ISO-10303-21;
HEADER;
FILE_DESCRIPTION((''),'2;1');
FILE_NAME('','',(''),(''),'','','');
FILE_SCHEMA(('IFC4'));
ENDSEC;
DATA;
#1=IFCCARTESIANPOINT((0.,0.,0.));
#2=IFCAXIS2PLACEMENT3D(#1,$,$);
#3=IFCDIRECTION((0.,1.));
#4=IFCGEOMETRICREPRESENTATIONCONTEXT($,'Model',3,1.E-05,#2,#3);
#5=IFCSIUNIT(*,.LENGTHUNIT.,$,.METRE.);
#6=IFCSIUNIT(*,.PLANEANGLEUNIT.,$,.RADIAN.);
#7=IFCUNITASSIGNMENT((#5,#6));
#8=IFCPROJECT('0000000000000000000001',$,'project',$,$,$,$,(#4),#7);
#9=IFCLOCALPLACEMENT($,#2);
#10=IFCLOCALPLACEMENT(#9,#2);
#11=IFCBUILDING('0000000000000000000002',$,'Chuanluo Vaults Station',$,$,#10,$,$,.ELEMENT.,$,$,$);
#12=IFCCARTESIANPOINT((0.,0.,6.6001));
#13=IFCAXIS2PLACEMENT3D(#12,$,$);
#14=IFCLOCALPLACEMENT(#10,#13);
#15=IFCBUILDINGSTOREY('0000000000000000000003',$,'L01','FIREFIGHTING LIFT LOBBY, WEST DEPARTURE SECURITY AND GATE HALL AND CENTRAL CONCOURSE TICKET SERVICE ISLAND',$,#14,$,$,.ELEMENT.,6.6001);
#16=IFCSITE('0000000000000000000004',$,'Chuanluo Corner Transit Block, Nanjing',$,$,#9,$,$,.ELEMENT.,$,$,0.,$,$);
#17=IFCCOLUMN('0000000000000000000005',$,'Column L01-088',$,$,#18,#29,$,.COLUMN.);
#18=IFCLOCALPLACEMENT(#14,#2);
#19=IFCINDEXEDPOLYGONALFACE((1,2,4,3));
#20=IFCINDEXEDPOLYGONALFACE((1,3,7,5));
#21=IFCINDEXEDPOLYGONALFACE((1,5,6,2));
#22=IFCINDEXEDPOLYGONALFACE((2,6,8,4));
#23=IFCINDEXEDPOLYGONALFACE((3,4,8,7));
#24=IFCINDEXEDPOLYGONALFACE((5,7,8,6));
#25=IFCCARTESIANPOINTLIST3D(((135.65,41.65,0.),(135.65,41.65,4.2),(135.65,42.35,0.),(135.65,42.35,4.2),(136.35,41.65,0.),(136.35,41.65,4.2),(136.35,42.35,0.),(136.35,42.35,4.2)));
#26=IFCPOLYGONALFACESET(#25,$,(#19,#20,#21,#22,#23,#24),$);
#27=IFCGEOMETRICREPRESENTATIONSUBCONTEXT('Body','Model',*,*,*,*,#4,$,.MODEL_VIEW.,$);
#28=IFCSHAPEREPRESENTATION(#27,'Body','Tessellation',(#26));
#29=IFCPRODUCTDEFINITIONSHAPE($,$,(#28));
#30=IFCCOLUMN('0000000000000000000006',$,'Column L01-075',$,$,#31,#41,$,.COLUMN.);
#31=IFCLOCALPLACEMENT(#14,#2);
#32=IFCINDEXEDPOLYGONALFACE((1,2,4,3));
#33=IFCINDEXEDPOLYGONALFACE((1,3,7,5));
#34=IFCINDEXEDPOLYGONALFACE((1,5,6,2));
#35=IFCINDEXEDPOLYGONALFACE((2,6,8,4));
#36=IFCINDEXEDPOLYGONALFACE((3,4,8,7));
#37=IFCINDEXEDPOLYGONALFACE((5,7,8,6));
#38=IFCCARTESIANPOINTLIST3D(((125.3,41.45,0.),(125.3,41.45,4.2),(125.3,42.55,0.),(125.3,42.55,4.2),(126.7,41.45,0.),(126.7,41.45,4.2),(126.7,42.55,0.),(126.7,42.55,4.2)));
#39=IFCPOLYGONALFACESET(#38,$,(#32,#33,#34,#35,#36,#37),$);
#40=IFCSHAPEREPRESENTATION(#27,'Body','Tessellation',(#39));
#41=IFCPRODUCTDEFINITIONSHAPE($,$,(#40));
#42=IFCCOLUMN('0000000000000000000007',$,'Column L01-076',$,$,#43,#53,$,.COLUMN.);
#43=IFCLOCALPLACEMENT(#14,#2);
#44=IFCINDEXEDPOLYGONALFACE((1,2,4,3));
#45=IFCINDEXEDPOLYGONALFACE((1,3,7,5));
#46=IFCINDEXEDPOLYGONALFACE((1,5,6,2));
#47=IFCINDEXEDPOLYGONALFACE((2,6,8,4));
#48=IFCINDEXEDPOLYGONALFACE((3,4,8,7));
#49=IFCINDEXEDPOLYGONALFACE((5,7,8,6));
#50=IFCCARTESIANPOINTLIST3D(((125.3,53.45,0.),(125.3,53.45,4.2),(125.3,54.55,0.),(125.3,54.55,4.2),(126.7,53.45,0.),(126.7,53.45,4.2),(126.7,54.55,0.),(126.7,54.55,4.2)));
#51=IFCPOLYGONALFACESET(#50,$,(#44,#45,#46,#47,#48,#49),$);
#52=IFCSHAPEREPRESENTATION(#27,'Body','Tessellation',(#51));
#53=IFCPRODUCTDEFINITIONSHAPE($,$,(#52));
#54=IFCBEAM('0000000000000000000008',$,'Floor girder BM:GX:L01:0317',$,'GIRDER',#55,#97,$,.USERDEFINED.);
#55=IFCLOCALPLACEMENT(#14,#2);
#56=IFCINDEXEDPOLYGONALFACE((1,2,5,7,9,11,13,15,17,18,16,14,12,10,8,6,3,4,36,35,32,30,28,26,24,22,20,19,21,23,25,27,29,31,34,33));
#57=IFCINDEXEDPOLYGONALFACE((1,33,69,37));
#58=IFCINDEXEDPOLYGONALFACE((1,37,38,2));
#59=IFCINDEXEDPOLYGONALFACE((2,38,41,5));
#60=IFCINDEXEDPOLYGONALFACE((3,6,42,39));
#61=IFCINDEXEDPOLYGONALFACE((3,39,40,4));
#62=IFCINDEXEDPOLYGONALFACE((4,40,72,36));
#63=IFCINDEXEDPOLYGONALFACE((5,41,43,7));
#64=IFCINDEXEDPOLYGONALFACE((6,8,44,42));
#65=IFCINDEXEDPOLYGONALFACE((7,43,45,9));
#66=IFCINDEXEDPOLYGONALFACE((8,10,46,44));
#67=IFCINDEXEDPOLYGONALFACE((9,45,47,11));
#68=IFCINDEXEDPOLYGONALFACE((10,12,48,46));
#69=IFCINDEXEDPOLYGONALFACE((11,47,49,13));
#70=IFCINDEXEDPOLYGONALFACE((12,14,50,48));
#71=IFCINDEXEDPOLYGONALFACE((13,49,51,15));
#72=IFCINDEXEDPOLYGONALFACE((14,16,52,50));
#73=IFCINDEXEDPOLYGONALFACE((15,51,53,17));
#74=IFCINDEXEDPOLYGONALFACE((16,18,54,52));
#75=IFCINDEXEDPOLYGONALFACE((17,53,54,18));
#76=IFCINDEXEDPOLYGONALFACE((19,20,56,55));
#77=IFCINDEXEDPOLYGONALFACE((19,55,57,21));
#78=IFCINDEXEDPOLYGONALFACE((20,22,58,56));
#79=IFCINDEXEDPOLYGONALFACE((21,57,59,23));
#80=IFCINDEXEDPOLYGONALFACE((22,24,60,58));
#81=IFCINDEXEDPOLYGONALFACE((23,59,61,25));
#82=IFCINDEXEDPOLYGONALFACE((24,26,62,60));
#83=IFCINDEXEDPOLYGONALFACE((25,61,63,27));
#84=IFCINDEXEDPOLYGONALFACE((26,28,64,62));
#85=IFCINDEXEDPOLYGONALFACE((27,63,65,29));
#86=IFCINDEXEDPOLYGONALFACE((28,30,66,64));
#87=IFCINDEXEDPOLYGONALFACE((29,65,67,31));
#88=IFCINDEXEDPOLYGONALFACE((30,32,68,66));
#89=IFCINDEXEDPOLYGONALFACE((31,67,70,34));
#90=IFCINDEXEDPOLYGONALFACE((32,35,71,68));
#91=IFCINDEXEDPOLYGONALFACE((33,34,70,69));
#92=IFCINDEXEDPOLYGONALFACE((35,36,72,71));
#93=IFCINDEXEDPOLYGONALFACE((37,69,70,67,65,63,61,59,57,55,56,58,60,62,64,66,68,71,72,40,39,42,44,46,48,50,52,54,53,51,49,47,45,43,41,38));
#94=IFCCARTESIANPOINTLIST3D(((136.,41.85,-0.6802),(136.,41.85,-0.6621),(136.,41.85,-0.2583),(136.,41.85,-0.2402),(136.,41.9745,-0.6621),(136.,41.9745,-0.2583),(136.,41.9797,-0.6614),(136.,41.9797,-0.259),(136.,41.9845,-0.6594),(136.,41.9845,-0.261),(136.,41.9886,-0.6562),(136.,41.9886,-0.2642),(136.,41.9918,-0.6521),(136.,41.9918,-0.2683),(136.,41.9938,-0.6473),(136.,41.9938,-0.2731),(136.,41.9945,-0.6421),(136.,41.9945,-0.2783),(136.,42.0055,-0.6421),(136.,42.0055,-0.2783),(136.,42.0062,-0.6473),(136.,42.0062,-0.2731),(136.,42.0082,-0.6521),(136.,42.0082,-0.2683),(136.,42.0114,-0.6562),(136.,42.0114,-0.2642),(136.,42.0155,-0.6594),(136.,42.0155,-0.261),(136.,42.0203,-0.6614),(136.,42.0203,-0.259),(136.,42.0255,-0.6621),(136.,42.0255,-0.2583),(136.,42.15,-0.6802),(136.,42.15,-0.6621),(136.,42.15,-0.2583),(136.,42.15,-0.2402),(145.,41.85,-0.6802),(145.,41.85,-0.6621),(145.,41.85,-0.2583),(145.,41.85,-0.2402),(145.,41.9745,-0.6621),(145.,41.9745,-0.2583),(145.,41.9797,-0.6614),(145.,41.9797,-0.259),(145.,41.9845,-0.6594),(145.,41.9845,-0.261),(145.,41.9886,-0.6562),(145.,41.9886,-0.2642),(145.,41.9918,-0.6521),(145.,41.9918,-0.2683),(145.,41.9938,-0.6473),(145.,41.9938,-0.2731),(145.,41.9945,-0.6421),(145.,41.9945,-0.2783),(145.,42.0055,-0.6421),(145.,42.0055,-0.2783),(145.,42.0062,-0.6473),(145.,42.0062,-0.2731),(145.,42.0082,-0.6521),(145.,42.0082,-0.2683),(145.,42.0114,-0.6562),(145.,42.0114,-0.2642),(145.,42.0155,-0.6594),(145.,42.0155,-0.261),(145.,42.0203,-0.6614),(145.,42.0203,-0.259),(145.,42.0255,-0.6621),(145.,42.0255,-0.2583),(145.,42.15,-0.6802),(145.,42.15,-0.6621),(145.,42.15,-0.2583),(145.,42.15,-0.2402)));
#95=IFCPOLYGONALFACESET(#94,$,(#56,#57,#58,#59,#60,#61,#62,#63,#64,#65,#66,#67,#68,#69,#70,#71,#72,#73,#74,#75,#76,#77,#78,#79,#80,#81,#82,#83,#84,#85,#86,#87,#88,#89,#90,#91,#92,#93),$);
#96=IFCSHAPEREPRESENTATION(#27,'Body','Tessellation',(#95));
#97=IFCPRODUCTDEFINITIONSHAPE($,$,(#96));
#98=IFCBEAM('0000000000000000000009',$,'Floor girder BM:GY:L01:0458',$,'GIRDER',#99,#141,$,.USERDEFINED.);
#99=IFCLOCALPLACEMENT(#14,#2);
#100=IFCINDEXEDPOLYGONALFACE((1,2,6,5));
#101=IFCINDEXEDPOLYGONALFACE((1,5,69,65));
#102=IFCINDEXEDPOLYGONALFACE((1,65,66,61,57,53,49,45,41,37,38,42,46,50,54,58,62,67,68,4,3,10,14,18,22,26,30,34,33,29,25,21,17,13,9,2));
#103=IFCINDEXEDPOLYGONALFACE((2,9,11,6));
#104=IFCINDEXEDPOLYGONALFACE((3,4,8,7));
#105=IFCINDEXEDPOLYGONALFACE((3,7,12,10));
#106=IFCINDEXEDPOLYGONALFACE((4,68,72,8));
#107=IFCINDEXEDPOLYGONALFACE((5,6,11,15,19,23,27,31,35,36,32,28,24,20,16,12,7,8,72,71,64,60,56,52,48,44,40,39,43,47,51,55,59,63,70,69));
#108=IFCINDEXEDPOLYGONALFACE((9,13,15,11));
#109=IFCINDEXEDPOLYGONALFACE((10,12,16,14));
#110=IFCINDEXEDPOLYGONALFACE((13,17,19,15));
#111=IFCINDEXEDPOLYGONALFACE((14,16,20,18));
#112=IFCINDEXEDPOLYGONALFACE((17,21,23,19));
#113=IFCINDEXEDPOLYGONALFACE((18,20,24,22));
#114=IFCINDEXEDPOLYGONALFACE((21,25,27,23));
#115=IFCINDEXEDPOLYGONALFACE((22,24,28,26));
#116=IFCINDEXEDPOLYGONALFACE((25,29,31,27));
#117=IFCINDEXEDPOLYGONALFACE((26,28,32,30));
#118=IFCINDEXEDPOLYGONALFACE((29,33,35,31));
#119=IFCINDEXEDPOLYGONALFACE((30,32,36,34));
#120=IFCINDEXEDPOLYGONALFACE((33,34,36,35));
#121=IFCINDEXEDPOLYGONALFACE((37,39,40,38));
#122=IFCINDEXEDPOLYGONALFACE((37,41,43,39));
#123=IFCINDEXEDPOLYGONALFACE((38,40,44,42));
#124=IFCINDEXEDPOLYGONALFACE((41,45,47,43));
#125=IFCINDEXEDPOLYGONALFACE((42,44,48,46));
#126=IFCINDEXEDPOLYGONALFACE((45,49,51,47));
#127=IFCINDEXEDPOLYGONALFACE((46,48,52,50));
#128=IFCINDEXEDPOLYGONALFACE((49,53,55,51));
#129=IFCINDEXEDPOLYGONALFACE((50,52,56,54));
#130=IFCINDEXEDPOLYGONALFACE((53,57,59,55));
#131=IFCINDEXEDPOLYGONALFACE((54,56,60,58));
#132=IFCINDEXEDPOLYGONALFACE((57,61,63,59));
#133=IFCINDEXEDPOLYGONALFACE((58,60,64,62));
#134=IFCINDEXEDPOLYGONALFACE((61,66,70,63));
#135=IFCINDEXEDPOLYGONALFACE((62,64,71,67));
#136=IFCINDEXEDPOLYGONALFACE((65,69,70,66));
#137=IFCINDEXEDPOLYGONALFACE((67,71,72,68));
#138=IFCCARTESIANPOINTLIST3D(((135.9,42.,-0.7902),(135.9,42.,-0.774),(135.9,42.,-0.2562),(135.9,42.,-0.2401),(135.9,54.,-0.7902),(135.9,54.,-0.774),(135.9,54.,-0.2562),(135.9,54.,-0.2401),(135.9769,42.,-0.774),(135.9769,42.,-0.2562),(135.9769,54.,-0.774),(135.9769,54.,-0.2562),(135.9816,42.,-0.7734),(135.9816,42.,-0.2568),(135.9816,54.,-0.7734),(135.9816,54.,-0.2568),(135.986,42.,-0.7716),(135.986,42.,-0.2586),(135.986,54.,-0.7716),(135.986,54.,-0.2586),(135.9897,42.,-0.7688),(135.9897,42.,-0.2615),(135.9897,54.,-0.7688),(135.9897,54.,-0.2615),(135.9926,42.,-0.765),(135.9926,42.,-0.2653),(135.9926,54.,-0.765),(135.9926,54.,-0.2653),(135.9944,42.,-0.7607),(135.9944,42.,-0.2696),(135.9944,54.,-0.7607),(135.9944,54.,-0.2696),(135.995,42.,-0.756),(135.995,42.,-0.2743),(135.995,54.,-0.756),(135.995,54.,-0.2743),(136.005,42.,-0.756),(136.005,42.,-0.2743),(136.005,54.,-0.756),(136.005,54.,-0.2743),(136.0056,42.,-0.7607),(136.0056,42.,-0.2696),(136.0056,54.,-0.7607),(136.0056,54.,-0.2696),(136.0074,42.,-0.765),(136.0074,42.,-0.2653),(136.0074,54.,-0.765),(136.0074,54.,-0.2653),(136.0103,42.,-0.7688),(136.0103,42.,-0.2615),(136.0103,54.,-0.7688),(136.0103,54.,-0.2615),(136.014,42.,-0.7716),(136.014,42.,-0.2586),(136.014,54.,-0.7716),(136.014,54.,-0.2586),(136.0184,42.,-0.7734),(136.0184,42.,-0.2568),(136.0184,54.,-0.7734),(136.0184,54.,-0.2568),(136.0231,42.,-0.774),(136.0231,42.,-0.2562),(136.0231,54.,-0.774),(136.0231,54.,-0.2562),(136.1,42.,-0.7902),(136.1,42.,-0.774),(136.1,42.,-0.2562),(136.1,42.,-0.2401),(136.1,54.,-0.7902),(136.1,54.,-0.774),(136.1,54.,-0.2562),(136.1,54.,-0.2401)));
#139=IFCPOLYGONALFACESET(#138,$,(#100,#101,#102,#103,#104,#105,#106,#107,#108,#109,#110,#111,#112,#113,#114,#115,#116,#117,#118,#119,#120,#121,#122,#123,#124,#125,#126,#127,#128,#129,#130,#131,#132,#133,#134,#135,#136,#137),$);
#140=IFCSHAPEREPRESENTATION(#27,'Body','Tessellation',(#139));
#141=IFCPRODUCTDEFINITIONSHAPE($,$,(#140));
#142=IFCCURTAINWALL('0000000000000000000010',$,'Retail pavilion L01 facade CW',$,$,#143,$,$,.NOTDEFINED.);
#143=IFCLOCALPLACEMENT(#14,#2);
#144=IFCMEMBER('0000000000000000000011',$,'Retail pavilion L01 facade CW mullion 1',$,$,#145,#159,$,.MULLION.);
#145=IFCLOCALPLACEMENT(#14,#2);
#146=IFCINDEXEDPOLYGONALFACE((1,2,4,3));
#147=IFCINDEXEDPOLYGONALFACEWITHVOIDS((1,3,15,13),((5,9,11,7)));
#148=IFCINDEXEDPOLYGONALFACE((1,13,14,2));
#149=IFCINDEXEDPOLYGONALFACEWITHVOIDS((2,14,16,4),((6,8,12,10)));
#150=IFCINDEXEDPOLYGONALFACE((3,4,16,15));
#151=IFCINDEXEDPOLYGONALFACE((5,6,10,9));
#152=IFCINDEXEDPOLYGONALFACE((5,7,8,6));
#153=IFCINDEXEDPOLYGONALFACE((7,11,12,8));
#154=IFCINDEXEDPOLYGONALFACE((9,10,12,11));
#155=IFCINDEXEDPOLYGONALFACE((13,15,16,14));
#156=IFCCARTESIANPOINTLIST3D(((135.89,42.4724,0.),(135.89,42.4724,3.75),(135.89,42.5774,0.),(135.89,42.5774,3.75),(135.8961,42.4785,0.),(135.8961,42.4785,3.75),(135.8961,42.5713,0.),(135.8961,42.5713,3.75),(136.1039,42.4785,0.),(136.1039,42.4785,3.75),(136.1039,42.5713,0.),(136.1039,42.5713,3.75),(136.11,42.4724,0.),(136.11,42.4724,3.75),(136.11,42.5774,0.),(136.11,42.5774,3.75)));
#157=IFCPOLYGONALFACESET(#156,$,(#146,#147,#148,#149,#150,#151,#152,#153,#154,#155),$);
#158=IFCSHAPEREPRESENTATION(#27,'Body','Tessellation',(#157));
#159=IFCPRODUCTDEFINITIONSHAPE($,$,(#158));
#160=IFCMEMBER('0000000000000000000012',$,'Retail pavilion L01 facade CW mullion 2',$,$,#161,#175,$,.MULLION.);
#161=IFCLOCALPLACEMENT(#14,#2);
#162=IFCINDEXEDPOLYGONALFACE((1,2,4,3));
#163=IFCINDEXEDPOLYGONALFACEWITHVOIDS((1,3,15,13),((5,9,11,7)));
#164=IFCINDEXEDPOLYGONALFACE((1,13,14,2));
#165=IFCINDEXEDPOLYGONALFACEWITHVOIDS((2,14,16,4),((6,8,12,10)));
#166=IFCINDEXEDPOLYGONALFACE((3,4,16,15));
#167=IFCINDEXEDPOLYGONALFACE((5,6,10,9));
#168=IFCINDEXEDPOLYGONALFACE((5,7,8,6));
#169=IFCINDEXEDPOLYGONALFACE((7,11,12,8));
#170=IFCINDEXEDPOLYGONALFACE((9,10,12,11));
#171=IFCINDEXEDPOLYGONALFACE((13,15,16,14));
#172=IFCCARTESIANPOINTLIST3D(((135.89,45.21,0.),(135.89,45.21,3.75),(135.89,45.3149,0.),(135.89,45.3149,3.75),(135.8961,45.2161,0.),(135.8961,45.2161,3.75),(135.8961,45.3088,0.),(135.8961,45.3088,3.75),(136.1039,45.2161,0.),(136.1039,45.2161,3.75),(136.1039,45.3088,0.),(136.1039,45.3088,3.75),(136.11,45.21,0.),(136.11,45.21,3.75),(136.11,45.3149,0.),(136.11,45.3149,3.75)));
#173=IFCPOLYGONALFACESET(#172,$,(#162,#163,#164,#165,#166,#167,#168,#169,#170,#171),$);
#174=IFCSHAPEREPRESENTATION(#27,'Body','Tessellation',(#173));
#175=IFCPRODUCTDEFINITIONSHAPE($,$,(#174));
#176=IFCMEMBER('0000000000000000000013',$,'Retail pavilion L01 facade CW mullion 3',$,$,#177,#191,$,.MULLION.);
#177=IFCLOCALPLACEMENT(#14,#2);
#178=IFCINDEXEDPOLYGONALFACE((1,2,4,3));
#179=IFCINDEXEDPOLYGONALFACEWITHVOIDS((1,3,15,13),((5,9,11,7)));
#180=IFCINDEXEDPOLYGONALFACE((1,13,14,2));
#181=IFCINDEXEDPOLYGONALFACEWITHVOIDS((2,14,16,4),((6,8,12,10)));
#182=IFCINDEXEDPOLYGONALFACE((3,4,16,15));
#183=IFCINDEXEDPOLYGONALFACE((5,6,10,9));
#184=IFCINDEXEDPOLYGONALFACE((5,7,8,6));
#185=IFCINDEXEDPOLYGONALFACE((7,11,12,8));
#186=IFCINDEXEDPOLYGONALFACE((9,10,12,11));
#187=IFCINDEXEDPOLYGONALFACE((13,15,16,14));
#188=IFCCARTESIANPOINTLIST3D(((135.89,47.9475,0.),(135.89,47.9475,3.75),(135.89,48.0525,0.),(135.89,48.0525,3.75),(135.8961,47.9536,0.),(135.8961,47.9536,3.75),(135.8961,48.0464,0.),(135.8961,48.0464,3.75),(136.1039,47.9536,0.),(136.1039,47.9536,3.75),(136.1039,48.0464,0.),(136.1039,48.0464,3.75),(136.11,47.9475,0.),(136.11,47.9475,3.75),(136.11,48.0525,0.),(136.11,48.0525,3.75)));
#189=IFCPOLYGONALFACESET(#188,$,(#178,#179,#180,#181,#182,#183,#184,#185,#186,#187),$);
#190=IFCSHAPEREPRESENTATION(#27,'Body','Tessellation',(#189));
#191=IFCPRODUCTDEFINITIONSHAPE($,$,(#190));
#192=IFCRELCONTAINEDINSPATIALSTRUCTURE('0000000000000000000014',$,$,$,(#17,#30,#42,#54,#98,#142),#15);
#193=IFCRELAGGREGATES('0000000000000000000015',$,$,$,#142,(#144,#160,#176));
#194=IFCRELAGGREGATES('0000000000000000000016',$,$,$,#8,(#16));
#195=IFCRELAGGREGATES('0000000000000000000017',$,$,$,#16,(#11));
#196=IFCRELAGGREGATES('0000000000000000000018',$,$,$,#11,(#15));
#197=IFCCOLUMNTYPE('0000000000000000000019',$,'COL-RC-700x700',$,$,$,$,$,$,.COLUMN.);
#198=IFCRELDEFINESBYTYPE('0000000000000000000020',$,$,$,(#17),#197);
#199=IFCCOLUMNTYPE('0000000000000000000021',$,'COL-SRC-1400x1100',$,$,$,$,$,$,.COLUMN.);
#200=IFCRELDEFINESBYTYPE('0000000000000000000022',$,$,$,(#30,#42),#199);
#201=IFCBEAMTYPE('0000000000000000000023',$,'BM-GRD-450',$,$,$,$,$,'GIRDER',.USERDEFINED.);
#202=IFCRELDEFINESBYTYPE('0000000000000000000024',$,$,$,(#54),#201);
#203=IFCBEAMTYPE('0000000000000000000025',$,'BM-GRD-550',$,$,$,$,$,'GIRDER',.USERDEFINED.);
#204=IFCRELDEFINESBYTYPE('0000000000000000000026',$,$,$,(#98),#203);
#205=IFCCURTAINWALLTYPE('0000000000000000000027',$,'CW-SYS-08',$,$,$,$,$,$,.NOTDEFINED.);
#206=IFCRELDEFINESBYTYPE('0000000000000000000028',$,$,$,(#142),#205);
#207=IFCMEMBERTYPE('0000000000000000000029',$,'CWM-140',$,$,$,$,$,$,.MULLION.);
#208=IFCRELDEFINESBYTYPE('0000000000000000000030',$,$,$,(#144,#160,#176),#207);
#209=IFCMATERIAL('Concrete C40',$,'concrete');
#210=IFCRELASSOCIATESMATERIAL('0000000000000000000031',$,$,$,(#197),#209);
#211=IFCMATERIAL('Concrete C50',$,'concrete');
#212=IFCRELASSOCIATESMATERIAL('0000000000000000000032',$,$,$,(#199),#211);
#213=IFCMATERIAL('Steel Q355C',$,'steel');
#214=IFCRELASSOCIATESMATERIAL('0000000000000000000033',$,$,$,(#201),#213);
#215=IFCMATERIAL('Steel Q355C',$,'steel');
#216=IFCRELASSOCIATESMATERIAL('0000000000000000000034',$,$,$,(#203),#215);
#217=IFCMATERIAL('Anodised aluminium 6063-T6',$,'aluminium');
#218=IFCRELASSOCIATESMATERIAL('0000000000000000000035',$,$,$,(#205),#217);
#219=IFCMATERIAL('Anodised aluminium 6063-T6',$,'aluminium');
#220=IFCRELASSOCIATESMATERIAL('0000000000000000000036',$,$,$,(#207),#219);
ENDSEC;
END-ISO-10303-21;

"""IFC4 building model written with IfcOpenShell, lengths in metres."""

from ifc_helpers import new_model, si_unit, direction, frame, origin, origin_2d, place, context, subcontext, project, spatial, rectangle, hollow_rectangle, i_section, extrude, material, material_profile, profile_set, type_object, element, aggregate, save


model = new_model("IFC4")

# Units and contexts
model_context = context("Model", 3, precision=1e-05, world=origin(), true_north=direction((0.0, 1.0)))
body_context = subcontext(model_context, "Body", "Model", "MODEL_VIEW")
ifc_project = project(units=[si_unit("LENGTHUNIT", "METRE"), si_unit("PLANEANGLEUNIT", "RADIAN")], contexts=[model_context])

# Site, building, storey
site_placement = place(None, origin())
site = spatial("IfcSite", under=ifc_project, at=site_placement, Name="Chuanluo Corner Transit Block, Nanjing", CompositionType="ELEMENT", RefElevation=0.0)
building_placement = place(site_placement, origin())
building = spatial("IfcBuilding", under=site, at=building_placement, Name="Chuanluo Vaults Station", CompositionType="ELEMENT")
storey_placement = place(building_placement, frame((0.0, 0.0, 6.6001)))
storey = spatial("IfcBuildingStorey", under=building, at=storey_placement, Name="L01", Description="FIREFIGHTING LIFT LOBBY, WEST DEPARTURE SECURITY AND GATE HALL AND CENTRAL CONCOURSE TICKET SERVICE ISLAND", CompositionType="ELEMENT", Elevation=6.6001)

# Columns
ifc_material_1 = material(Name="Concrete C40", Category="concrete")
ifc_material_profile_1 = material_profile(ifc_material_1, rectangle(XDim=0.7, YDim=0.7, at=origin_2d()))
ifc_profile_set_1 = profile_set([ifc_material_profile_1], Name="Concrete C40")
column_type_1 = type_object("IfcColumnType", Name="COL-RC-700x700", PredefinedType="COLUMN", material=ifc_profile_set_1)
column_placement = place(storey_placement, frame((136.0, 42.0, 0.0), z_axis=(0.0, 0.0, 1.0), x_axis=(1.0, 0.0, 0.0)))
element("IfcColumn", 1, at=column_placement, inside=storey, type_object=column_type_1, Name="Column L01-088", PredefinedType="COLUMN", context=body_context, shape_type="SweptSolid", body=[
    extrude(rectangle(XDim=0.7, YDim=0.7, at=origin_2d()), origin(), (0.0, 0.0, 1.0), 4.2),
])
ifc_material_2 = material(Name="Concrete C50", Category="concrete")
ifc_material_profile_2 = material_profile(ifc_material_2, rectangle(XDim=1.3999, YDim=1.1001, at=origin_2d()))
ifc_profile_set_2 = profile_set([ifc_material_profile_2], Name="Concrete C50")
column_type_2 = type_object("IfcColumnType", Name="COL-SRC-1400x1100", PredefinedType="COLUMN", material=ifc_profile_set_2)
for number, where, z_axis, x_axis, name in (
    (2, (126.0, 42.0, 0.0), (0.0, 0.0, 1.0), (1.0, 0.0, 0.0), "Column L01-075"),
    (3, (126.0, 54.0, 0.0), (0.0, 0.0, 1.0), (1.0, 0.0, 0.0), "Column L01-076"),
):
    element("IfcColumn", number, at=place(storey_placement, frame(where, z_axis=z_axis, x_axis=x_axis)), inside=storey, type_object=column_type_2, Name=name, PredefinedType="COLUMN", context=body_context, shape_type="SweptSolid", body=[
        extrude(rectangle(XDim=1.3999, YDim=1.1001, at=origin_2d()), origin(), (0.0, 0.0, 1.0), 4.2),
    ])

# Beams
ifc_material_3 = material(Name="Steel Q355C", Category="steel")
ifc_material_profile_3 = material_profile(ifc_material_3, i_section(OverallWidth=0.3, OverallDepth=0.4399, WebThickness=0.011, FlangeThickness=0.0181, FilletRadius=0.02, at=origin_2d()))
ifc_profile_set_3 = profile_set([ifc_material_profile_3], Name="Steel Q355C")
beam_type_1 = type_object("IfcBeamType", Name="BM-GRD-450", ElementType="GIRDER", PredefinedType="USERDEFINED", material=ifc_profile_set_3)
beam_1_placement = place(storey_placement, frame((136.0, 42.0, -0.4602), z_axis=(1.0, 0.0, 0.0), x_axis=(0.0, 1.0, 0.0)))
element("IfcBeam", 4, at=beam_1_placement, inside=storey, type_object=beam_type_1, Name="Floor girder BM:GX:L01:0317", ObjectType="GIRDER", PredefinedType="USERDEFINED", context=body_context, shape_type="SweptSolid", body=[
    extrude(i_section(OverallWidth=0.3, OverallDepth=0.4399, WebThickness=0.011, FlangeThickness=0.0181, FilletRadius=0.02, at=origin_2d()), origin(), (0.0, 0.0, 1.0), 9.0),
])
ifc_material_4 = material(Name="Steel Q355C", Category="steel")
ifc_material_profile_4 = material_profile(ifc_material_4, i_section(OverallWidth=0.2, OverallDepth=0.55, WebThickness=0.01, FlangeThickness=0.0161, FilletRadius=0.0181, at=origin_2d()))
ifc_profile_set_4 = profile_set([ifc_material_profile_4], Name="Steel Q355C")
beam_type_2 = type_object("IfcBeamType", Name="BM-GRD-550", ElementType="GIRDER", PredefinedType="USERDEFINED", material=ifc_profile_set_4)
beam_2_placement = place(storey_placement, frame((136.0, 42.0, -0.5151), z_axis=(0.0, 1.0, 0.0), x_axis=(-1.0, 0.0, 0.0)))
element("IfcBeam", 5, at=beam_2_placement, inside=storey, type_object=beam_type_2, Name="Floor girder BM:GY:L01:0458", ObjectType="GIRDER", PredefinedType="USERDEFINED", context=body_context, shape_type="SweptSolid", body=[
    extrude(i_section(OverallWidth=0.2, OverallDepth=0.55, WebThickness=0.01, FlangeThickness=0.0161, FilletRadius=0.0181, at=origin_2d()), origin(), (0.0, 0.0, 1.0), 12.0),
])

# Curtain wall, members
ifc_material_5 = material(Name="Anodised aluminium 6063-T6", Category="aluminium")
curtain_wall_type = type_object("IfcCurtainWallType", Name="CW-SYS-08", PredefinedType="NOTDEFINED", material=ifc_material_5)
curtain_wall_placement = place(storey_placement, origin())
curtain_wall = element("IfcCurtainWall", 6, at=curtain_wall_placement, inside=storey, type_object=curtain_wall_type, Name="Retail pavilion L01 facade CW", PredefinedType="NOTDEFINED")
ifc_material_6 = material(Name="Anodised aluminium 6063-T6", Category="aluminium")
ifc_material_profile_5 = material_profile(ifc_material_6, hollow_rectangle(XDim=0.105, YDim=0.22, WallThickness=0.0061, at=origin_2d()))
ifc_profile_set_5 = profile_set([ifc_material_profile_5], Name="Anodised aluminium 6063-T6")
member_type_1 = type_object("IfcMemberType", Name="CWM-140", PredefinedType="MULLION", material=ifc_profile_set_5)
member_1_placement = place(storey_placement, frame((136.0, 42.5249, 0.0), z_axis=(0.0, 0.0, 1.0), x_axis=(0.0, 1.0, 0.0)))
member_1 = element("IfcMember", 7, at=member_1_placement, type_object=member_type_1, Name="Retail pavilion L01 facade CW mullion 1", PredefinedType="MULLION", context=body_context, shape_type="SweptSolid", body=[
    extrude(hollow_rectangle(XDim=0.105, YDim=0.22, WallThickness=0.0061, at=origin_2d()), origin(), (0.0, 0.0, 1.0), 3.75),
])
member_2_placement = place(storey_placement, frame((136.0, 45.2625, 0.0), z_axis=(0.0, 0.0, 1.0), x_axis=(0.0, 1.0, 0.0)))
member_2 = element("IfcMember", 8, at=member_2_placement, type_object=member_type_1, Name="Retail pavilion L01 facade CW mullion 2", PredefinedType="MULLION", context=body_context, shape_type="SweptSolid", body=[
    extrude(hollow_rectangle(XDim=0.105, YDim=0.22, WallThickness=0.0061, at=origin_2d()), origin(), (0.0, 0.0, 1.0), 3.75),
])
member_3_placement = place(storey_placement, frame((136.0, 48.0, 0.0), z_axis=(0.0, 0.0, 1.0), x_axis=(0.0, 1.0, 0.0)))
member_3 = element("IfcMember", 9, at=member_3_placement, type_object=member_type_1, Name="Retail pavilion L01 facade CW mullion 3", PredefinedType="MULLION", context=body_context, shape_type="SweptSolid", body=[
    extrude(hollow_rectangle(XDim=0.105, YDim=0.22, WallThickness=0.0061, at=origin_2d()), origin(), (0.0, 0.0, 1.0), 3.75),
])
aggregate(curtain_wall, [member_1, member_2, member_3])

save(model, "model.ifc")
